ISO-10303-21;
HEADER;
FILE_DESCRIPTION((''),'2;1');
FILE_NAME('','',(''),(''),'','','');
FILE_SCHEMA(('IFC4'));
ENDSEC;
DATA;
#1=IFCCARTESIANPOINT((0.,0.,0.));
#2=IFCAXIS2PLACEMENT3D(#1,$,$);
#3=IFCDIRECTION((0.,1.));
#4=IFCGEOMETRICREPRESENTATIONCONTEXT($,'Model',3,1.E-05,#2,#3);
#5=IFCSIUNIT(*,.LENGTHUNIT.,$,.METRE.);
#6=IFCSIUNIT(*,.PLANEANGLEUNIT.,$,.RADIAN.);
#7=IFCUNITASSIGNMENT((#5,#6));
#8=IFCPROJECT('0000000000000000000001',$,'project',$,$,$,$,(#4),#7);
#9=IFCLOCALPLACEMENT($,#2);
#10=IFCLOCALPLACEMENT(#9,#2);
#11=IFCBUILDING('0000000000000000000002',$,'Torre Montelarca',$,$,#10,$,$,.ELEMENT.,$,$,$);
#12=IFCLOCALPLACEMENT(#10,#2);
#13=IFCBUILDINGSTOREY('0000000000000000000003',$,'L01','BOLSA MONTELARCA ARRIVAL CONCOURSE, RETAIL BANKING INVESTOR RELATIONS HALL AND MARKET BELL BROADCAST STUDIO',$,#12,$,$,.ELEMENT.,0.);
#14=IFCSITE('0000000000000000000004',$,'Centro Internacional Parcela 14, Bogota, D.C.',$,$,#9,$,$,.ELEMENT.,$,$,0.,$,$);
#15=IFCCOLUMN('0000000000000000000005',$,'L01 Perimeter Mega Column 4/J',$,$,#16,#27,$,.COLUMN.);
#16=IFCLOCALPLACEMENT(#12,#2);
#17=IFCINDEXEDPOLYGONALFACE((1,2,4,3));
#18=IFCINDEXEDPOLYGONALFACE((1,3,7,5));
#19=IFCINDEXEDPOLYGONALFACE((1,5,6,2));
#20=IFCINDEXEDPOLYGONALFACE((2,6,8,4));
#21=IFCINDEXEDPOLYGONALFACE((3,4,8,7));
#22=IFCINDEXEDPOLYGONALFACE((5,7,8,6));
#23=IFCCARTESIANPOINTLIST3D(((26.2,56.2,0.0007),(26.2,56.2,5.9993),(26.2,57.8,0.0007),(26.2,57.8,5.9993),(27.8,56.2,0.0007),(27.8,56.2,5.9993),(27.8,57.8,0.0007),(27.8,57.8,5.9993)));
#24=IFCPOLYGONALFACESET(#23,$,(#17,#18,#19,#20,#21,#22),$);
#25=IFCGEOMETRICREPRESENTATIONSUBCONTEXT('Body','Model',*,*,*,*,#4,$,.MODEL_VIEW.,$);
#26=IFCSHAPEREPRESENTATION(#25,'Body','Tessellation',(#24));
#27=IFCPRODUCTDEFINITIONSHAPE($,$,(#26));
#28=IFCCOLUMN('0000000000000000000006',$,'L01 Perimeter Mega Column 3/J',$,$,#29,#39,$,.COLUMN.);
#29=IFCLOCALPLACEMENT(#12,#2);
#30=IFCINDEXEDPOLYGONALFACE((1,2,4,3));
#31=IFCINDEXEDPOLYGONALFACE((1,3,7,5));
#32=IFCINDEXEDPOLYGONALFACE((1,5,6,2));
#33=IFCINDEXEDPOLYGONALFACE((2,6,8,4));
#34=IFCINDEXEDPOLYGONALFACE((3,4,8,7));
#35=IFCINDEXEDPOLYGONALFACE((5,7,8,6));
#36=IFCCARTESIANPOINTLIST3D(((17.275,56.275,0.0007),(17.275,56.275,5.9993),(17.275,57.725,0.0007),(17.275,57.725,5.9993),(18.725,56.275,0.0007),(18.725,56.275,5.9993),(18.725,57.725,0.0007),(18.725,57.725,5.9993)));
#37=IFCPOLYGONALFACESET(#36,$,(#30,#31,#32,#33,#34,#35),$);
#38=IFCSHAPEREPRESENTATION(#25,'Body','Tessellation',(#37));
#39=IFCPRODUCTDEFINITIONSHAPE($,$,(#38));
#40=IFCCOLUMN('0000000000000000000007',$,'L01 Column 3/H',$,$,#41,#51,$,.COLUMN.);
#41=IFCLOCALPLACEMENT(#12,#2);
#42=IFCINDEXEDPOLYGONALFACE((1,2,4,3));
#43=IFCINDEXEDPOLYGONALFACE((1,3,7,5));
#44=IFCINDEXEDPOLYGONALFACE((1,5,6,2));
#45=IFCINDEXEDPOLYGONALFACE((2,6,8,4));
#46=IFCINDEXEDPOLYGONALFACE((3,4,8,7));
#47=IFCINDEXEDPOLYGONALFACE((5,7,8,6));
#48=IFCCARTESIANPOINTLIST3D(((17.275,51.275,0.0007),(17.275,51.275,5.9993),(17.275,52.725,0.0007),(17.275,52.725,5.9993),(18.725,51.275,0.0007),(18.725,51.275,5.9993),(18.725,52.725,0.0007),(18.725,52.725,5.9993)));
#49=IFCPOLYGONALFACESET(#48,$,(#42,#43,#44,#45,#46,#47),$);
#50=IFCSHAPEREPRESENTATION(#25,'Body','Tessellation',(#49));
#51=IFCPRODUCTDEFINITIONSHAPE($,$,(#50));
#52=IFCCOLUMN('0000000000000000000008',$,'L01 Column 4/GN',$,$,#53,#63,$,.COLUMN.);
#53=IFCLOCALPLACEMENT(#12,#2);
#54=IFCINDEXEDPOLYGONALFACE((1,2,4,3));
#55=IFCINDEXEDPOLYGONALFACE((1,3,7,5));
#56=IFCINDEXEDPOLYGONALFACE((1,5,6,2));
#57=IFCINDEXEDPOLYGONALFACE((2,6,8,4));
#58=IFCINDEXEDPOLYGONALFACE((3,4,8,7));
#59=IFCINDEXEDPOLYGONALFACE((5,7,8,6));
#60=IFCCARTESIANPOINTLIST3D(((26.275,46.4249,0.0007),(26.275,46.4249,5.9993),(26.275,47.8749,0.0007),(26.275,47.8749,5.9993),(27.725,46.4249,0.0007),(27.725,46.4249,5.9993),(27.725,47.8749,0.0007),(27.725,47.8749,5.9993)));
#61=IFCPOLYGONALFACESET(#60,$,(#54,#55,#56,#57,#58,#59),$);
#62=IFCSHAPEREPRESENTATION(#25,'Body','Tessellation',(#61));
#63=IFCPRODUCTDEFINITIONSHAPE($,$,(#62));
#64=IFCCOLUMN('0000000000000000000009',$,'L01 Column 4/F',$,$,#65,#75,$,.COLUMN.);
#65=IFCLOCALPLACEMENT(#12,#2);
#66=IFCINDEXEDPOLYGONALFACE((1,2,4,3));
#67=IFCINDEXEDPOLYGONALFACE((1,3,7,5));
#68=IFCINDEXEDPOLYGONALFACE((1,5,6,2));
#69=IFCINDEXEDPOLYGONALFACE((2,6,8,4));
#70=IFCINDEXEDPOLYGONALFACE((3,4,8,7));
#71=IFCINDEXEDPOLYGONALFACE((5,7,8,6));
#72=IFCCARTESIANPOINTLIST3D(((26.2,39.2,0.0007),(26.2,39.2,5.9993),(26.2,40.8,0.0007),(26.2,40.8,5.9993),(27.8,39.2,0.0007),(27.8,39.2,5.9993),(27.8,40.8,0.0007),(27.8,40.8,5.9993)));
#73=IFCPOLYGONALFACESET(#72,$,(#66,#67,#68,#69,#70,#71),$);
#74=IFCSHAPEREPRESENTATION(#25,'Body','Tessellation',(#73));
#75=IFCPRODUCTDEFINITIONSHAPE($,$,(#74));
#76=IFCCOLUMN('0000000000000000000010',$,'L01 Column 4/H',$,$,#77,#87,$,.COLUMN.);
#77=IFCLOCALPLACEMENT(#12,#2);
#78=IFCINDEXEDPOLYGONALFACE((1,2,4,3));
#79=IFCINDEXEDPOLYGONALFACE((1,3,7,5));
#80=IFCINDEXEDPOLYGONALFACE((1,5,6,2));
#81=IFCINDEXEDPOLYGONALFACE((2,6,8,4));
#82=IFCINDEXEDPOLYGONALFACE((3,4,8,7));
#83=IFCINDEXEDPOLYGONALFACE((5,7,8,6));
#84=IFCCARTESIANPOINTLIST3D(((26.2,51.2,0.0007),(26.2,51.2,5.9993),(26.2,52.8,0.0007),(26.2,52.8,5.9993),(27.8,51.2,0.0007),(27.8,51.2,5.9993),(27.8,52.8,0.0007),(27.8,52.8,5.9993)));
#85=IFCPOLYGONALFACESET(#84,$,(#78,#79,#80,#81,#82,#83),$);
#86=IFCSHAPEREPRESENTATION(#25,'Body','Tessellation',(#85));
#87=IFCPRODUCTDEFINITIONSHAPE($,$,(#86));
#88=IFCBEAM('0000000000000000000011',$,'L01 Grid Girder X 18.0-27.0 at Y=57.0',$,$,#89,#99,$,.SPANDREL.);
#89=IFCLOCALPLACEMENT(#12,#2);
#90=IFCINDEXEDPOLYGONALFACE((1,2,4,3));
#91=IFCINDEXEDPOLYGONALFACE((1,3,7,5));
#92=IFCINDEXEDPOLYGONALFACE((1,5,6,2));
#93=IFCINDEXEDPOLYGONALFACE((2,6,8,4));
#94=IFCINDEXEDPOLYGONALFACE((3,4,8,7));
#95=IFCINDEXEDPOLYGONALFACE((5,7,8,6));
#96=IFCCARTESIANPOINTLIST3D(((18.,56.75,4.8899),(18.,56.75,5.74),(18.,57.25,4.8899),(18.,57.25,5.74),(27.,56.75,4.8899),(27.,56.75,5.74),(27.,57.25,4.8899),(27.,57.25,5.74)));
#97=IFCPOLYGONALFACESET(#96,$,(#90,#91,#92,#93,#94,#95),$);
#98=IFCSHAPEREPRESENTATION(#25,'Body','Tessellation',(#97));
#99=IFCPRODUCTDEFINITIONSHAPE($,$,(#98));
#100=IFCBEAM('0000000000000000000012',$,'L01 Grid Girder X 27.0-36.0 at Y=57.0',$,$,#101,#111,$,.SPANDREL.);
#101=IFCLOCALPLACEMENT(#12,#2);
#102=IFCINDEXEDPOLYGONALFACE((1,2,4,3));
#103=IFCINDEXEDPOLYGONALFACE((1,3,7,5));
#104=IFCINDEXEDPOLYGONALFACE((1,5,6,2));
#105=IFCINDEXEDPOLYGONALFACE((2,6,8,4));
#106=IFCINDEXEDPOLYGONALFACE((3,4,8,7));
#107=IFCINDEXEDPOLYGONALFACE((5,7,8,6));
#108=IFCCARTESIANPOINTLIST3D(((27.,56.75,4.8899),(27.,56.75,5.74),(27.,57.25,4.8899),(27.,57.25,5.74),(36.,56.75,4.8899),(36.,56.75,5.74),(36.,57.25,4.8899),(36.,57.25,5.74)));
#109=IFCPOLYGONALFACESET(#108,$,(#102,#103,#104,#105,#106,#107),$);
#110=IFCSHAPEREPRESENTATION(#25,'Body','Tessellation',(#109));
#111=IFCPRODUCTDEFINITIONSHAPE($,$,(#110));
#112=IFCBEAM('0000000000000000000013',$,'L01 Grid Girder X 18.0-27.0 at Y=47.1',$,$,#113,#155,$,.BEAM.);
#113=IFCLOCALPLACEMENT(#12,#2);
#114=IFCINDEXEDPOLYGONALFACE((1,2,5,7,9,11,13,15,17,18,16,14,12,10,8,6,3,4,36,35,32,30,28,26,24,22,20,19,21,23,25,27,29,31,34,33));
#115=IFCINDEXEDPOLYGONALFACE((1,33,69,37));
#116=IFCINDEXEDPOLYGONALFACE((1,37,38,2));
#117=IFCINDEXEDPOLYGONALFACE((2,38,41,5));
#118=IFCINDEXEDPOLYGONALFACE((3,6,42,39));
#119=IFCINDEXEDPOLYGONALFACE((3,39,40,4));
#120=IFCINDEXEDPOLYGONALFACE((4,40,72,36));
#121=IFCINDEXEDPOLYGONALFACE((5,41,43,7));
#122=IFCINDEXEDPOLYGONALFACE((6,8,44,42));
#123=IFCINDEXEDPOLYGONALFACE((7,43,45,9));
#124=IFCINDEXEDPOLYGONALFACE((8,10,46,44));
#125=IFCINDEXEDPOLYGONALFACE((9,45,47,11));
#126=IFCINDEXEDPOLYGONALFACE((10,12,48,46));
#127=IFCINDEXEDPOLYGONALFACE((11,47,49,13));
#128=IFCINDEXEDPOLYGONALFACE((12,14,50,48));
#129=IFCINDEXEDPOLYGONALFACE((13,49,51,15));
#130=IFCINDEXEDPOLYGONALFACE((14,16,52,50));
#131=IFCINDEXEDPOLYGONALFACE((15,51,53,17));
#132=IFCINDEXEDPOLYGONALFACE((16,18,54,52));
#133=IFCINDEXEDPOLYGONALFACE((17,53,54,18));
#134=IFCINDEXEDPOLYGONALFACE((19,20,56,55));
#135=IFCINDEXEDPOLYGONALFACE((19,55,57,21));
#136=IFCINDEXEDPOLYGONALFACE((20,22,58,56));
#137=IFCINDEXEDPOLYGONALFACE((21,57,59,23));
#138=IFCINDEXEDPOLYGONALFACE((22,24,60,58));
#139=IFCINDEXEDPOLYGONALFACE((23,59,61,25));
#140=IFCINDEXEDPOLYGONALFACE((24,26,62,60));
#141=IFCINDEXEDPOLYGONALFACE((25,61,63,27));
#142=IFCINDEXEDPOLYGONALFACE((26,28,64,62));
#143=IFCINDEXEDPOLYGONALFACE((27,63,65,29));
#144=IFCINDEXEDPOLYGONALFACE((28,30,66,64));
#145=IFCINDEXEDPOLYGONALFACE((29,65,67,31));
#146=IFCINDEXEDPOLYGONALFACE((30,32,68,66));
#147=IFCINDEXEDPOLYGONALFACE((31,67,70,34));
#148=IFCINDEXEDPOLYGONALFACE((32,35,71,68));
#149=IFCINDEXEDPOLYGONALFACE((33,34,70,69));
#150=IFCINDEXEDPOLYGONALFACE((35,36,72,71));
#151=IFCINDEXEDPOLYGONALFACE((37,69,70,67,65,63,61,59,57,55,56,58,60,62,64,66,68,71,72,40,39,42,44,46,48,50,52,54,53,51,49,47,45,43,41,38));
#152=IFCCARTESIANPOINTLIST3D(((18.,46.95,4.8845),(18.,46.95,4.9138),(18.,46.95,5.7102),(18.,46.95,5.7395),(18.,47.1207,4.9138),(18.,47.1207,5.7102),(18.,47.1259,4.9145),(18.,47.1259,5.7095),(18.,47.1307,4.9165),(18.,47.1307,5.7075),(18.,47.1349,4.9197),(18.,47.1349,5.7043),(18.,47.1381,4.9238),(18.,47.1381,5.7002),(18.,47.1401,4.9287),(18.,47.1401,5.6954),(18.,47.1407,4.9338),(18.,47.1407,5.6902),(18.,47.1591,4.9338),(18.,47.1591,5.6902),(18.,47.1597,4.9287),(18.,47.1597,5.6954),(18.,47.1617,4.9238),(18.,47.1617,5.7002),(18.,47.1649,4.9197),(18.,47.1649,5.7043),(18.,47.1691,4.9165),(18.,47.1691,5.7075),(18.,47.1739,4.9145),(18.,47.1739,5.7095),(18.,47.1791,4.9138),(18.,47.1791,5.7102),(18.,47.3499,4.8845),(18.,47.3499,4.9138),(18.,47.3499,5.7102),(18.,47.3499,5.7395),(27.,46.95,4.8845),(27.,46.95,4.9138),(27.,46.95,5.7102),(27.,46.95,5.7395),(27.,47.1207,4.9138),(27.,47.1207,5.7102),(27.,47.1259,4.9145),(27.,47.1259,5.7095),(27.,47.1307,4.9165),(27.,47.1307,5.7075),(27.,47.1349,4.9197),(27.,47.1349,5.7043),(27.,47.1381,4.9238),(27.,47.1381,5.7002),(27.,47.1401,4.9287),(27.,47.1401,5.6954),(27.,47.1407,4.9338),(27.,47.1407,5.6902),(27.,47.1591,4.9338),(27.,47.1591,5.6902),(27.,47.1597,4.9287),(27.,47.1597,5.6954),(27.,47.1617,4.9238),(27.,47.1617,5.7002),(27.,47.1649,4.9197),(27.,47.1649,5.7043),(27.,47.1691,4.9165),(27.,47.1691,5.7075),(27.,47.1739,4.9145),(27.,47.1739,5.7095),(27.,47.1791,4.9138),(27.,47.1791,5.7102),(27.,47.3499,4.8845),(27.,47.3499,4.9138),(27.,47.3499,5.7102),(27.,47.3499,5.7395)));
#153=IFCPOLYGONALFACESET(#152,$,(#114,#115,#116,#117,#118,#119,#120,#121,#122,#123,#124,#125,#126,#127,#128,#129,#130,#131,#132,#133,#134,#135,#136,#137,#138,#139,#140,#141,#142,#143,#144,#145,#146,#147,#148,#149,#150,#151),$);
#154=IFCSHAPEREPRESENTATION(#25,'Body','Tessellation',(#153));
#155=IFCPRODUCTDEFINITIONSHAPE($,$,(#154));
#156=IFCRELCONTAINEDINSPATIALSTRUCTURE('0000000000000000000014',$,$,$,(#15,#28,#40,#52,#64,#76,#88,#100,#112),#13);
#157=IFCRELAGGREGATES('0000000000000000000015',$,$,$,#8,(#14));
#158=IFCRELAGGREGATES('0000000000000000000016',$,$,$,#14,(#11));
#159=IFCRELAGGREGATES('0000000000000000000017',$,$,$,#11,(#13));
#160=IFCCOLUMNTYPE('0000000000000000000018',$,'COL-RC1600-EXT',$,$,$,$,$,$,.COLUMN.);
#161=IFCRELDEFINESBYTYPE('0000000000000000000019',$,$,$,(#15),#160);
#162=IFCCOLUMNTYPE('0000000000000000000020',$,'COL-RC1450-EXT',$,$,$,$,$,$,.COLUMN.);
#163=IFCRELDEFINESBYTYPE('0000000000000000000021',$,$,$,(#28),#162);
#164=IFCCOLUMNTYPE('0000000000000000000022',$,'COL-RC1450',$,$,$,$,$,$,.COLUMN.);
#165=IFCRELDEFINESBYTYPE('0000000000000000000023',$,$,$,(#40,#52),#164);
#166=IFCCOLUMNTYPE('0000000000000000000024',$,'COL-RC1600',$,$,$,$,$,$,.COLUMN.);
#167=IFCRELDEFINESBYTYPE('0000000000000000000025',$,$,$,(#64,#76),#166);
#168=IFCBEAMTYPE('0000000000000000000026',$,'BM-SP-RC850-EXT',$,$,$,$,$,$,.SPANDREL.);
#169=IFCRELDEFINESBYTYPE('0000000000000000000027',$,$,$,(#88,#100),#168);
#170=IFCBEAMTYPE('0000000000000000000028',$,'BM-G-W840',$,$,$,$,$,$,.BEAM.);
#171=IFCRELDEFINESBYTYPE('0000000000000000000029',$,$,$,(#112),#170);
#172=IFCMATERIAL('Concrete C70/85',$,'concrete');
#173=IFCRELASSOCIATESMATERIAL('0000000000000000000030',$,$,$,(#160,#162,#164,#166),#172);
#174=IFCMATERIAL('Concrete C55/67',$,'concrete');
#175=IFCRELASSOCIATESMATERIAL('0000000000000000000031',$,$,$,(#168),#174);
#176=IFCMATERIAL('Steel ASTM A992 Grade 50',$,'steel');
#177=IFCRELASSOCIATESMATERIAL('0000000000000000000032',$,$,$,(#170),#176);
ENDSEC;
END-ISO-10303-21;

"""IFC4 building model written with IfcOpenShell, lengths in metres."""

from ifc_helpers import new_model, si_unit, direction, frame, origin, origin_2d, place, context, subcontext, project, spatial, rectangle, i_section, extrude, source, transform, mapped, material, material_profile, profile_set, type_object, element, save


model = new_model("IFC4")

# Units and contexts
model_context = context("Model", 3, precision=1e-05, world=origin(), true_north=direction((0.0, 1.0)))
body_context = subcontext(model_context, "Body", "Model", "MODEL_VIEW")
ifc_project = project(units=[si_unit("LENGTHUNIT", "METRE"), si_unit("PLANEANGLEUNIT", "RADIAN")], contexts=[model_context])

# Site, building, storey
site_placement = place(None, origin())
site = spatial("IfcSite", under=ifc_project, at=site_placement, Name="Centro Internacional Parcela 14, Bogota, D.C.", CompositionType="ELEMENT", RefElevation=0.0)
building_placement = place(site_placement, origin())
building = spatial("IfcBuilding", under=site, at=building_placement, Name="Torre Montelarca", CompositionType="ELEMENT")
storey_placement = place(building_placement, origin())
storey = spatial("IfcBuildingStorey", under=building, at=storey_placement, Name="L01", Description="BOLSA MONTELARCA ARRIVAL CONCOURSE, RETAIL BANKING INVESTOR RELATIONS HALL AND MARKET BELL BROADCAST STUDIO", CompositionType="ELEMENT", Elevation=0.0)

# Columns
ifc_material_1 = material(Name="Concrete C70/85", Category="concrete")
ifc_material_profile_1 = material_profile(ifc_material_1, rectangle(XDim=1.6001, YDim=1.6001, at=origin_2d()), Name="RC1600X1600", Category="concrete")
ifc_profile_set_1 = profile_set([ifc_material_profile_1], Name="Concrete C70/85")
column_type_1 = type_object("IfcColumnType", Name="COL-RC1600-EXT", PredefinedType="COLUMN", material=ifc_profile_set_1)
shared_shape_1 = source(origin(), body_context, "Body", "SweptSolid", [
    extrude(rectangle(XDim=1.6001, YDim=1.6001, at=origin_2d()), origin(), (0.0, 0.0, 1.0), 5.9985),
])
column_1_placement = place(storey_placement, frame((27.0, 57.0, 0.0007), z_axis=(0.0, 0.0, 1.0), x_axis=(1.0, 0.0, 0.0)))
element("IfcColumn", 1, at=column_1_placement, inside=storey, type_object=column_type_1, Name="L01 Perimeter Mega Column 4/J", PredefinedType="COLUMN", context=body_context, shape_type="MappedRepresentation", body=[
    mapped(shared_shape_1, transform((0.0, 0.0, 0.0), scale=1.0)),
])
ifc_material_profile_2 = material_profile(ifc_material_1, rectangle(XDim=1.45, YDim=1.45, at=origin_2d()), Name="RC1450X1450", Category="concrete")
ifc_profile_set_2 = profile_set([ifc_material_profile_2], Name="Concrete C70/85")
column_type_2 = type_object("IfcColumnType", Name="COL-RC1450-EXT", PredefinedType="COLUMN", material=ifc_profile_set_2)
shared_shape_2 = source(origin(), body_context, "Body", "SweptSolid", [
    extrude(rectangle(XDim=1.45, YDim=1.45, at=origin_2d()), origin(), (0.0, 0.0, 1.0), 5.9985),
])
column_2_placement = place(storey_placement, frame((18.0, 57.0, 0.0007), z_axis=(0.0, 0.0, 1.0), x_axis=(1.0, 0.0, 0.0)))
element("IfcColumn", 2, at=column_2_placement, inside=storey, type_object=column_type_2, Name="L01 Perimeter Mega Column 3/J", PredefinedType="COLUMN", context=body_context, shape_type="MappedRepresentation", body=[
    mapped(shared_shape_2, transform((0.0, 0.0, 0.0), scale=1.0)),
])
ifc_material_profile_3 = material_profile(ifc_material_1, rectangle(XDim=1.45, YDim=1.45, at=origin_2d()), Name="RC1450X1450", Category="concrete")
ifc_profile_set_3 = profile_set([ifc_material_profile_3], Name="Concrete C70/85")
column_type_3 = type_object("IfcColumnType", Name="COL-RC1450", PredefinedType="COLUMN", material=ifc_profile_set_3)
shared_shape_3 = source(origin(), body_context, "Body", "SweptSolid", [
    extrude(rectangle(XDim=1.45, YDim=1.45, at=origin_2d()), origin(), (0.0, 0.0, 1.0), 5.9985),
])
for number, where, z_axis, x_axis, name in (
    (3, (18.0, 52.0, 0.0007), (0.0, 0.0, 1.0), (1.0, 0.0, 0.0), "L01 Column 3/H"),
    (4, (27.0, 47.1499, 0.0007), (0.0, 0.0, 1.0), (1.0, 0.0, 0.0), "L01 Column 4/GN"),
):
    element("IfcColumn", number, at=place(storey_placement, frame(where, z_axis=z_axis, x_axis=x_axis)), inside=storey, type_object=column_type_3, Name=name, PredefinedType="COLUMN", context=body_context, shape_type="MappedRepresentation", body=[
        mapped(shared_shape_3, transform((0.0, 0.0, 0.0), scale=1.0)),
    ])
ifc_material_profile_4 = material_profile(ifc_material_1, rectangle(XDim=1.6001, YDim=1.6001, at=origin_2d()), Name="RC1600X1600", Category="concrete")
ifc_profile_set_4 = profile_set([ifc_material_profile_4], Name="Concrete C70/85")
column_type_4 = type_object("IfcColumnType", Name="COL-RC1600", PredefinedType="COLUMN", material=ifc_profile_set_4)
shared_shape_4 = source(origin(), body_context, "Body", "SweptSolid", [
    extrude(rectangle(XDim=1.6001, YDim=1.6001, at=origin_2d()), origin(), (0.0, 0.0, 1.0), 5.9985),
])
for number, where, z_axis, x_axis, name in (
    (5, (27.0, 40.0, 0.0007), (0.0, 0.0, 1.0), (1.0, 0.0, 0.0), "L01 Column 4/F"),
    (6, (27.0, 52.0, 0.0007), (0.0, 0.0, 1.0), (1.0, 0.0, 0.0), "L01 Column 4/H"),
):
    element("IfcColumn", number, at=place(storey_placement, frame(where, z_axis=z_axis, x_axis=x_axis)), inside=storey, type_object=column_type_4, Name=name, PredefinedType="COLUMN", context=body_context, shape_type="MappedRepresentation", body=[
        mapped(shared_shape_4, transform((0.0, 0.0, 0.0), scale=1.0)),
    ])

# Beams
ifc_material_2 = material(Name="Concrete C55/67", Category="concrete")
ifc_material_profile_5 = material_profile(ifc_material_2, rectangle(XDim=0.5, YDim=0.8501, at=origin_2d()), Name="RCB500X850", Category="concrete")
ifc_profile_set_5 = profile_set([ifc_material_profile_5], Name="Concrete C55/67")
beam_type_1 = type_object("IfcBeamType", Name="BM-SP-RC850-EXT", PredefinedType="SPANDREL", material=ifc_profile_set_5)
shared_shape_5 = source(origin(), body_context, "Body", "SweptSolid", [
    extrude(rectangle(XDim=0.5, YDim=0.8501, at=origin_2d()), origin(), (0.0, 0.0, 1.0), 9.0),
])
for number, where, z_axis, x_axis, name in (
    (7, (18.0, 57.0, 5.3149), (1.0, 0.0, 0.0), (0.0, 1.0, 0.0), "L01 Grid Girder X 18.0-27.0 at Y=57.0"),
    (8, (27.0, 57.0, 5.3149), (1.0, 0.0, 0.0), (0.0, 1.0, 0.0), "L01 Grid Girder X 27.0-36.0 at Y=57.0"),
):
    element("IfcBeam", number, at=place(storey_placement, frame(where, z_axis=z_axis, x_axis=x_axis)), inside=storey, type_object=beam_type_1, Name=name, PredefinedType="SPANDREL", context=body_context, shape_type="MappedRepresentation", body=[
        mapped(shared_shape_5, transform((0.0, 0.0, 0.0), scale=1.0)),
    ])
ifc_material_3 = material(Name="Steel ASTM A992 Grade 50", Category="steel")
ifc_material_profile_6 = material_profile(ifc_material_3, i_section(OverallWidth=0.3999, OverallDepth=0.855, WebThickness=0.0183, FlangeThickness=0.0293, FilletRadius=0.02, at=origin_2d()), Name="W840X299", Category="steel")
ifc_profile_set_6 = profile_set([ifc_material_profile_6], Name="Steel ASTM A992 Grade 50")
beam_type_2 = type_object("IfcBeamType", Name="BM-G-W840", PredefinedType="BEAM", material=ifc_profile_set_6)
shared_shape_6 = source(origin(), body_context, "Body", "SweptSolid", [
    extrude(i_section(OverallWidth=0.3999, OverallDepth=0.855, WebThickness=0.0183, FlangeThickness=0.0293, FilletRadius=0.02, at=origin_2d()), origin(), (0.0, 0.0, 1.0), 9.0),
])
for number, where, z_axis, x_axis, name in (
    (9, (18.0, 47.1499, 5.312), (1.0, 0.0, 0.0), (0.0, 1.0, 0.0), "L01 Grid Girder X 18.0-27.0 at Y=47.1"),
):
    element("IfcBeam", number, at=place(storey_placement, frame(where, z_axis=z_axis, x_axis=x_axis)), inside=storey, type_object=beam_type_2, Name=name, PredefinedType="BEAM", context=body_context, shape_type="MappedRepresentation", body=[
        mapped(shared_shape_6, transform((0.0, 0.0, 0.0), scale=1.0)),
    ])

save(model, "model.ifc")
